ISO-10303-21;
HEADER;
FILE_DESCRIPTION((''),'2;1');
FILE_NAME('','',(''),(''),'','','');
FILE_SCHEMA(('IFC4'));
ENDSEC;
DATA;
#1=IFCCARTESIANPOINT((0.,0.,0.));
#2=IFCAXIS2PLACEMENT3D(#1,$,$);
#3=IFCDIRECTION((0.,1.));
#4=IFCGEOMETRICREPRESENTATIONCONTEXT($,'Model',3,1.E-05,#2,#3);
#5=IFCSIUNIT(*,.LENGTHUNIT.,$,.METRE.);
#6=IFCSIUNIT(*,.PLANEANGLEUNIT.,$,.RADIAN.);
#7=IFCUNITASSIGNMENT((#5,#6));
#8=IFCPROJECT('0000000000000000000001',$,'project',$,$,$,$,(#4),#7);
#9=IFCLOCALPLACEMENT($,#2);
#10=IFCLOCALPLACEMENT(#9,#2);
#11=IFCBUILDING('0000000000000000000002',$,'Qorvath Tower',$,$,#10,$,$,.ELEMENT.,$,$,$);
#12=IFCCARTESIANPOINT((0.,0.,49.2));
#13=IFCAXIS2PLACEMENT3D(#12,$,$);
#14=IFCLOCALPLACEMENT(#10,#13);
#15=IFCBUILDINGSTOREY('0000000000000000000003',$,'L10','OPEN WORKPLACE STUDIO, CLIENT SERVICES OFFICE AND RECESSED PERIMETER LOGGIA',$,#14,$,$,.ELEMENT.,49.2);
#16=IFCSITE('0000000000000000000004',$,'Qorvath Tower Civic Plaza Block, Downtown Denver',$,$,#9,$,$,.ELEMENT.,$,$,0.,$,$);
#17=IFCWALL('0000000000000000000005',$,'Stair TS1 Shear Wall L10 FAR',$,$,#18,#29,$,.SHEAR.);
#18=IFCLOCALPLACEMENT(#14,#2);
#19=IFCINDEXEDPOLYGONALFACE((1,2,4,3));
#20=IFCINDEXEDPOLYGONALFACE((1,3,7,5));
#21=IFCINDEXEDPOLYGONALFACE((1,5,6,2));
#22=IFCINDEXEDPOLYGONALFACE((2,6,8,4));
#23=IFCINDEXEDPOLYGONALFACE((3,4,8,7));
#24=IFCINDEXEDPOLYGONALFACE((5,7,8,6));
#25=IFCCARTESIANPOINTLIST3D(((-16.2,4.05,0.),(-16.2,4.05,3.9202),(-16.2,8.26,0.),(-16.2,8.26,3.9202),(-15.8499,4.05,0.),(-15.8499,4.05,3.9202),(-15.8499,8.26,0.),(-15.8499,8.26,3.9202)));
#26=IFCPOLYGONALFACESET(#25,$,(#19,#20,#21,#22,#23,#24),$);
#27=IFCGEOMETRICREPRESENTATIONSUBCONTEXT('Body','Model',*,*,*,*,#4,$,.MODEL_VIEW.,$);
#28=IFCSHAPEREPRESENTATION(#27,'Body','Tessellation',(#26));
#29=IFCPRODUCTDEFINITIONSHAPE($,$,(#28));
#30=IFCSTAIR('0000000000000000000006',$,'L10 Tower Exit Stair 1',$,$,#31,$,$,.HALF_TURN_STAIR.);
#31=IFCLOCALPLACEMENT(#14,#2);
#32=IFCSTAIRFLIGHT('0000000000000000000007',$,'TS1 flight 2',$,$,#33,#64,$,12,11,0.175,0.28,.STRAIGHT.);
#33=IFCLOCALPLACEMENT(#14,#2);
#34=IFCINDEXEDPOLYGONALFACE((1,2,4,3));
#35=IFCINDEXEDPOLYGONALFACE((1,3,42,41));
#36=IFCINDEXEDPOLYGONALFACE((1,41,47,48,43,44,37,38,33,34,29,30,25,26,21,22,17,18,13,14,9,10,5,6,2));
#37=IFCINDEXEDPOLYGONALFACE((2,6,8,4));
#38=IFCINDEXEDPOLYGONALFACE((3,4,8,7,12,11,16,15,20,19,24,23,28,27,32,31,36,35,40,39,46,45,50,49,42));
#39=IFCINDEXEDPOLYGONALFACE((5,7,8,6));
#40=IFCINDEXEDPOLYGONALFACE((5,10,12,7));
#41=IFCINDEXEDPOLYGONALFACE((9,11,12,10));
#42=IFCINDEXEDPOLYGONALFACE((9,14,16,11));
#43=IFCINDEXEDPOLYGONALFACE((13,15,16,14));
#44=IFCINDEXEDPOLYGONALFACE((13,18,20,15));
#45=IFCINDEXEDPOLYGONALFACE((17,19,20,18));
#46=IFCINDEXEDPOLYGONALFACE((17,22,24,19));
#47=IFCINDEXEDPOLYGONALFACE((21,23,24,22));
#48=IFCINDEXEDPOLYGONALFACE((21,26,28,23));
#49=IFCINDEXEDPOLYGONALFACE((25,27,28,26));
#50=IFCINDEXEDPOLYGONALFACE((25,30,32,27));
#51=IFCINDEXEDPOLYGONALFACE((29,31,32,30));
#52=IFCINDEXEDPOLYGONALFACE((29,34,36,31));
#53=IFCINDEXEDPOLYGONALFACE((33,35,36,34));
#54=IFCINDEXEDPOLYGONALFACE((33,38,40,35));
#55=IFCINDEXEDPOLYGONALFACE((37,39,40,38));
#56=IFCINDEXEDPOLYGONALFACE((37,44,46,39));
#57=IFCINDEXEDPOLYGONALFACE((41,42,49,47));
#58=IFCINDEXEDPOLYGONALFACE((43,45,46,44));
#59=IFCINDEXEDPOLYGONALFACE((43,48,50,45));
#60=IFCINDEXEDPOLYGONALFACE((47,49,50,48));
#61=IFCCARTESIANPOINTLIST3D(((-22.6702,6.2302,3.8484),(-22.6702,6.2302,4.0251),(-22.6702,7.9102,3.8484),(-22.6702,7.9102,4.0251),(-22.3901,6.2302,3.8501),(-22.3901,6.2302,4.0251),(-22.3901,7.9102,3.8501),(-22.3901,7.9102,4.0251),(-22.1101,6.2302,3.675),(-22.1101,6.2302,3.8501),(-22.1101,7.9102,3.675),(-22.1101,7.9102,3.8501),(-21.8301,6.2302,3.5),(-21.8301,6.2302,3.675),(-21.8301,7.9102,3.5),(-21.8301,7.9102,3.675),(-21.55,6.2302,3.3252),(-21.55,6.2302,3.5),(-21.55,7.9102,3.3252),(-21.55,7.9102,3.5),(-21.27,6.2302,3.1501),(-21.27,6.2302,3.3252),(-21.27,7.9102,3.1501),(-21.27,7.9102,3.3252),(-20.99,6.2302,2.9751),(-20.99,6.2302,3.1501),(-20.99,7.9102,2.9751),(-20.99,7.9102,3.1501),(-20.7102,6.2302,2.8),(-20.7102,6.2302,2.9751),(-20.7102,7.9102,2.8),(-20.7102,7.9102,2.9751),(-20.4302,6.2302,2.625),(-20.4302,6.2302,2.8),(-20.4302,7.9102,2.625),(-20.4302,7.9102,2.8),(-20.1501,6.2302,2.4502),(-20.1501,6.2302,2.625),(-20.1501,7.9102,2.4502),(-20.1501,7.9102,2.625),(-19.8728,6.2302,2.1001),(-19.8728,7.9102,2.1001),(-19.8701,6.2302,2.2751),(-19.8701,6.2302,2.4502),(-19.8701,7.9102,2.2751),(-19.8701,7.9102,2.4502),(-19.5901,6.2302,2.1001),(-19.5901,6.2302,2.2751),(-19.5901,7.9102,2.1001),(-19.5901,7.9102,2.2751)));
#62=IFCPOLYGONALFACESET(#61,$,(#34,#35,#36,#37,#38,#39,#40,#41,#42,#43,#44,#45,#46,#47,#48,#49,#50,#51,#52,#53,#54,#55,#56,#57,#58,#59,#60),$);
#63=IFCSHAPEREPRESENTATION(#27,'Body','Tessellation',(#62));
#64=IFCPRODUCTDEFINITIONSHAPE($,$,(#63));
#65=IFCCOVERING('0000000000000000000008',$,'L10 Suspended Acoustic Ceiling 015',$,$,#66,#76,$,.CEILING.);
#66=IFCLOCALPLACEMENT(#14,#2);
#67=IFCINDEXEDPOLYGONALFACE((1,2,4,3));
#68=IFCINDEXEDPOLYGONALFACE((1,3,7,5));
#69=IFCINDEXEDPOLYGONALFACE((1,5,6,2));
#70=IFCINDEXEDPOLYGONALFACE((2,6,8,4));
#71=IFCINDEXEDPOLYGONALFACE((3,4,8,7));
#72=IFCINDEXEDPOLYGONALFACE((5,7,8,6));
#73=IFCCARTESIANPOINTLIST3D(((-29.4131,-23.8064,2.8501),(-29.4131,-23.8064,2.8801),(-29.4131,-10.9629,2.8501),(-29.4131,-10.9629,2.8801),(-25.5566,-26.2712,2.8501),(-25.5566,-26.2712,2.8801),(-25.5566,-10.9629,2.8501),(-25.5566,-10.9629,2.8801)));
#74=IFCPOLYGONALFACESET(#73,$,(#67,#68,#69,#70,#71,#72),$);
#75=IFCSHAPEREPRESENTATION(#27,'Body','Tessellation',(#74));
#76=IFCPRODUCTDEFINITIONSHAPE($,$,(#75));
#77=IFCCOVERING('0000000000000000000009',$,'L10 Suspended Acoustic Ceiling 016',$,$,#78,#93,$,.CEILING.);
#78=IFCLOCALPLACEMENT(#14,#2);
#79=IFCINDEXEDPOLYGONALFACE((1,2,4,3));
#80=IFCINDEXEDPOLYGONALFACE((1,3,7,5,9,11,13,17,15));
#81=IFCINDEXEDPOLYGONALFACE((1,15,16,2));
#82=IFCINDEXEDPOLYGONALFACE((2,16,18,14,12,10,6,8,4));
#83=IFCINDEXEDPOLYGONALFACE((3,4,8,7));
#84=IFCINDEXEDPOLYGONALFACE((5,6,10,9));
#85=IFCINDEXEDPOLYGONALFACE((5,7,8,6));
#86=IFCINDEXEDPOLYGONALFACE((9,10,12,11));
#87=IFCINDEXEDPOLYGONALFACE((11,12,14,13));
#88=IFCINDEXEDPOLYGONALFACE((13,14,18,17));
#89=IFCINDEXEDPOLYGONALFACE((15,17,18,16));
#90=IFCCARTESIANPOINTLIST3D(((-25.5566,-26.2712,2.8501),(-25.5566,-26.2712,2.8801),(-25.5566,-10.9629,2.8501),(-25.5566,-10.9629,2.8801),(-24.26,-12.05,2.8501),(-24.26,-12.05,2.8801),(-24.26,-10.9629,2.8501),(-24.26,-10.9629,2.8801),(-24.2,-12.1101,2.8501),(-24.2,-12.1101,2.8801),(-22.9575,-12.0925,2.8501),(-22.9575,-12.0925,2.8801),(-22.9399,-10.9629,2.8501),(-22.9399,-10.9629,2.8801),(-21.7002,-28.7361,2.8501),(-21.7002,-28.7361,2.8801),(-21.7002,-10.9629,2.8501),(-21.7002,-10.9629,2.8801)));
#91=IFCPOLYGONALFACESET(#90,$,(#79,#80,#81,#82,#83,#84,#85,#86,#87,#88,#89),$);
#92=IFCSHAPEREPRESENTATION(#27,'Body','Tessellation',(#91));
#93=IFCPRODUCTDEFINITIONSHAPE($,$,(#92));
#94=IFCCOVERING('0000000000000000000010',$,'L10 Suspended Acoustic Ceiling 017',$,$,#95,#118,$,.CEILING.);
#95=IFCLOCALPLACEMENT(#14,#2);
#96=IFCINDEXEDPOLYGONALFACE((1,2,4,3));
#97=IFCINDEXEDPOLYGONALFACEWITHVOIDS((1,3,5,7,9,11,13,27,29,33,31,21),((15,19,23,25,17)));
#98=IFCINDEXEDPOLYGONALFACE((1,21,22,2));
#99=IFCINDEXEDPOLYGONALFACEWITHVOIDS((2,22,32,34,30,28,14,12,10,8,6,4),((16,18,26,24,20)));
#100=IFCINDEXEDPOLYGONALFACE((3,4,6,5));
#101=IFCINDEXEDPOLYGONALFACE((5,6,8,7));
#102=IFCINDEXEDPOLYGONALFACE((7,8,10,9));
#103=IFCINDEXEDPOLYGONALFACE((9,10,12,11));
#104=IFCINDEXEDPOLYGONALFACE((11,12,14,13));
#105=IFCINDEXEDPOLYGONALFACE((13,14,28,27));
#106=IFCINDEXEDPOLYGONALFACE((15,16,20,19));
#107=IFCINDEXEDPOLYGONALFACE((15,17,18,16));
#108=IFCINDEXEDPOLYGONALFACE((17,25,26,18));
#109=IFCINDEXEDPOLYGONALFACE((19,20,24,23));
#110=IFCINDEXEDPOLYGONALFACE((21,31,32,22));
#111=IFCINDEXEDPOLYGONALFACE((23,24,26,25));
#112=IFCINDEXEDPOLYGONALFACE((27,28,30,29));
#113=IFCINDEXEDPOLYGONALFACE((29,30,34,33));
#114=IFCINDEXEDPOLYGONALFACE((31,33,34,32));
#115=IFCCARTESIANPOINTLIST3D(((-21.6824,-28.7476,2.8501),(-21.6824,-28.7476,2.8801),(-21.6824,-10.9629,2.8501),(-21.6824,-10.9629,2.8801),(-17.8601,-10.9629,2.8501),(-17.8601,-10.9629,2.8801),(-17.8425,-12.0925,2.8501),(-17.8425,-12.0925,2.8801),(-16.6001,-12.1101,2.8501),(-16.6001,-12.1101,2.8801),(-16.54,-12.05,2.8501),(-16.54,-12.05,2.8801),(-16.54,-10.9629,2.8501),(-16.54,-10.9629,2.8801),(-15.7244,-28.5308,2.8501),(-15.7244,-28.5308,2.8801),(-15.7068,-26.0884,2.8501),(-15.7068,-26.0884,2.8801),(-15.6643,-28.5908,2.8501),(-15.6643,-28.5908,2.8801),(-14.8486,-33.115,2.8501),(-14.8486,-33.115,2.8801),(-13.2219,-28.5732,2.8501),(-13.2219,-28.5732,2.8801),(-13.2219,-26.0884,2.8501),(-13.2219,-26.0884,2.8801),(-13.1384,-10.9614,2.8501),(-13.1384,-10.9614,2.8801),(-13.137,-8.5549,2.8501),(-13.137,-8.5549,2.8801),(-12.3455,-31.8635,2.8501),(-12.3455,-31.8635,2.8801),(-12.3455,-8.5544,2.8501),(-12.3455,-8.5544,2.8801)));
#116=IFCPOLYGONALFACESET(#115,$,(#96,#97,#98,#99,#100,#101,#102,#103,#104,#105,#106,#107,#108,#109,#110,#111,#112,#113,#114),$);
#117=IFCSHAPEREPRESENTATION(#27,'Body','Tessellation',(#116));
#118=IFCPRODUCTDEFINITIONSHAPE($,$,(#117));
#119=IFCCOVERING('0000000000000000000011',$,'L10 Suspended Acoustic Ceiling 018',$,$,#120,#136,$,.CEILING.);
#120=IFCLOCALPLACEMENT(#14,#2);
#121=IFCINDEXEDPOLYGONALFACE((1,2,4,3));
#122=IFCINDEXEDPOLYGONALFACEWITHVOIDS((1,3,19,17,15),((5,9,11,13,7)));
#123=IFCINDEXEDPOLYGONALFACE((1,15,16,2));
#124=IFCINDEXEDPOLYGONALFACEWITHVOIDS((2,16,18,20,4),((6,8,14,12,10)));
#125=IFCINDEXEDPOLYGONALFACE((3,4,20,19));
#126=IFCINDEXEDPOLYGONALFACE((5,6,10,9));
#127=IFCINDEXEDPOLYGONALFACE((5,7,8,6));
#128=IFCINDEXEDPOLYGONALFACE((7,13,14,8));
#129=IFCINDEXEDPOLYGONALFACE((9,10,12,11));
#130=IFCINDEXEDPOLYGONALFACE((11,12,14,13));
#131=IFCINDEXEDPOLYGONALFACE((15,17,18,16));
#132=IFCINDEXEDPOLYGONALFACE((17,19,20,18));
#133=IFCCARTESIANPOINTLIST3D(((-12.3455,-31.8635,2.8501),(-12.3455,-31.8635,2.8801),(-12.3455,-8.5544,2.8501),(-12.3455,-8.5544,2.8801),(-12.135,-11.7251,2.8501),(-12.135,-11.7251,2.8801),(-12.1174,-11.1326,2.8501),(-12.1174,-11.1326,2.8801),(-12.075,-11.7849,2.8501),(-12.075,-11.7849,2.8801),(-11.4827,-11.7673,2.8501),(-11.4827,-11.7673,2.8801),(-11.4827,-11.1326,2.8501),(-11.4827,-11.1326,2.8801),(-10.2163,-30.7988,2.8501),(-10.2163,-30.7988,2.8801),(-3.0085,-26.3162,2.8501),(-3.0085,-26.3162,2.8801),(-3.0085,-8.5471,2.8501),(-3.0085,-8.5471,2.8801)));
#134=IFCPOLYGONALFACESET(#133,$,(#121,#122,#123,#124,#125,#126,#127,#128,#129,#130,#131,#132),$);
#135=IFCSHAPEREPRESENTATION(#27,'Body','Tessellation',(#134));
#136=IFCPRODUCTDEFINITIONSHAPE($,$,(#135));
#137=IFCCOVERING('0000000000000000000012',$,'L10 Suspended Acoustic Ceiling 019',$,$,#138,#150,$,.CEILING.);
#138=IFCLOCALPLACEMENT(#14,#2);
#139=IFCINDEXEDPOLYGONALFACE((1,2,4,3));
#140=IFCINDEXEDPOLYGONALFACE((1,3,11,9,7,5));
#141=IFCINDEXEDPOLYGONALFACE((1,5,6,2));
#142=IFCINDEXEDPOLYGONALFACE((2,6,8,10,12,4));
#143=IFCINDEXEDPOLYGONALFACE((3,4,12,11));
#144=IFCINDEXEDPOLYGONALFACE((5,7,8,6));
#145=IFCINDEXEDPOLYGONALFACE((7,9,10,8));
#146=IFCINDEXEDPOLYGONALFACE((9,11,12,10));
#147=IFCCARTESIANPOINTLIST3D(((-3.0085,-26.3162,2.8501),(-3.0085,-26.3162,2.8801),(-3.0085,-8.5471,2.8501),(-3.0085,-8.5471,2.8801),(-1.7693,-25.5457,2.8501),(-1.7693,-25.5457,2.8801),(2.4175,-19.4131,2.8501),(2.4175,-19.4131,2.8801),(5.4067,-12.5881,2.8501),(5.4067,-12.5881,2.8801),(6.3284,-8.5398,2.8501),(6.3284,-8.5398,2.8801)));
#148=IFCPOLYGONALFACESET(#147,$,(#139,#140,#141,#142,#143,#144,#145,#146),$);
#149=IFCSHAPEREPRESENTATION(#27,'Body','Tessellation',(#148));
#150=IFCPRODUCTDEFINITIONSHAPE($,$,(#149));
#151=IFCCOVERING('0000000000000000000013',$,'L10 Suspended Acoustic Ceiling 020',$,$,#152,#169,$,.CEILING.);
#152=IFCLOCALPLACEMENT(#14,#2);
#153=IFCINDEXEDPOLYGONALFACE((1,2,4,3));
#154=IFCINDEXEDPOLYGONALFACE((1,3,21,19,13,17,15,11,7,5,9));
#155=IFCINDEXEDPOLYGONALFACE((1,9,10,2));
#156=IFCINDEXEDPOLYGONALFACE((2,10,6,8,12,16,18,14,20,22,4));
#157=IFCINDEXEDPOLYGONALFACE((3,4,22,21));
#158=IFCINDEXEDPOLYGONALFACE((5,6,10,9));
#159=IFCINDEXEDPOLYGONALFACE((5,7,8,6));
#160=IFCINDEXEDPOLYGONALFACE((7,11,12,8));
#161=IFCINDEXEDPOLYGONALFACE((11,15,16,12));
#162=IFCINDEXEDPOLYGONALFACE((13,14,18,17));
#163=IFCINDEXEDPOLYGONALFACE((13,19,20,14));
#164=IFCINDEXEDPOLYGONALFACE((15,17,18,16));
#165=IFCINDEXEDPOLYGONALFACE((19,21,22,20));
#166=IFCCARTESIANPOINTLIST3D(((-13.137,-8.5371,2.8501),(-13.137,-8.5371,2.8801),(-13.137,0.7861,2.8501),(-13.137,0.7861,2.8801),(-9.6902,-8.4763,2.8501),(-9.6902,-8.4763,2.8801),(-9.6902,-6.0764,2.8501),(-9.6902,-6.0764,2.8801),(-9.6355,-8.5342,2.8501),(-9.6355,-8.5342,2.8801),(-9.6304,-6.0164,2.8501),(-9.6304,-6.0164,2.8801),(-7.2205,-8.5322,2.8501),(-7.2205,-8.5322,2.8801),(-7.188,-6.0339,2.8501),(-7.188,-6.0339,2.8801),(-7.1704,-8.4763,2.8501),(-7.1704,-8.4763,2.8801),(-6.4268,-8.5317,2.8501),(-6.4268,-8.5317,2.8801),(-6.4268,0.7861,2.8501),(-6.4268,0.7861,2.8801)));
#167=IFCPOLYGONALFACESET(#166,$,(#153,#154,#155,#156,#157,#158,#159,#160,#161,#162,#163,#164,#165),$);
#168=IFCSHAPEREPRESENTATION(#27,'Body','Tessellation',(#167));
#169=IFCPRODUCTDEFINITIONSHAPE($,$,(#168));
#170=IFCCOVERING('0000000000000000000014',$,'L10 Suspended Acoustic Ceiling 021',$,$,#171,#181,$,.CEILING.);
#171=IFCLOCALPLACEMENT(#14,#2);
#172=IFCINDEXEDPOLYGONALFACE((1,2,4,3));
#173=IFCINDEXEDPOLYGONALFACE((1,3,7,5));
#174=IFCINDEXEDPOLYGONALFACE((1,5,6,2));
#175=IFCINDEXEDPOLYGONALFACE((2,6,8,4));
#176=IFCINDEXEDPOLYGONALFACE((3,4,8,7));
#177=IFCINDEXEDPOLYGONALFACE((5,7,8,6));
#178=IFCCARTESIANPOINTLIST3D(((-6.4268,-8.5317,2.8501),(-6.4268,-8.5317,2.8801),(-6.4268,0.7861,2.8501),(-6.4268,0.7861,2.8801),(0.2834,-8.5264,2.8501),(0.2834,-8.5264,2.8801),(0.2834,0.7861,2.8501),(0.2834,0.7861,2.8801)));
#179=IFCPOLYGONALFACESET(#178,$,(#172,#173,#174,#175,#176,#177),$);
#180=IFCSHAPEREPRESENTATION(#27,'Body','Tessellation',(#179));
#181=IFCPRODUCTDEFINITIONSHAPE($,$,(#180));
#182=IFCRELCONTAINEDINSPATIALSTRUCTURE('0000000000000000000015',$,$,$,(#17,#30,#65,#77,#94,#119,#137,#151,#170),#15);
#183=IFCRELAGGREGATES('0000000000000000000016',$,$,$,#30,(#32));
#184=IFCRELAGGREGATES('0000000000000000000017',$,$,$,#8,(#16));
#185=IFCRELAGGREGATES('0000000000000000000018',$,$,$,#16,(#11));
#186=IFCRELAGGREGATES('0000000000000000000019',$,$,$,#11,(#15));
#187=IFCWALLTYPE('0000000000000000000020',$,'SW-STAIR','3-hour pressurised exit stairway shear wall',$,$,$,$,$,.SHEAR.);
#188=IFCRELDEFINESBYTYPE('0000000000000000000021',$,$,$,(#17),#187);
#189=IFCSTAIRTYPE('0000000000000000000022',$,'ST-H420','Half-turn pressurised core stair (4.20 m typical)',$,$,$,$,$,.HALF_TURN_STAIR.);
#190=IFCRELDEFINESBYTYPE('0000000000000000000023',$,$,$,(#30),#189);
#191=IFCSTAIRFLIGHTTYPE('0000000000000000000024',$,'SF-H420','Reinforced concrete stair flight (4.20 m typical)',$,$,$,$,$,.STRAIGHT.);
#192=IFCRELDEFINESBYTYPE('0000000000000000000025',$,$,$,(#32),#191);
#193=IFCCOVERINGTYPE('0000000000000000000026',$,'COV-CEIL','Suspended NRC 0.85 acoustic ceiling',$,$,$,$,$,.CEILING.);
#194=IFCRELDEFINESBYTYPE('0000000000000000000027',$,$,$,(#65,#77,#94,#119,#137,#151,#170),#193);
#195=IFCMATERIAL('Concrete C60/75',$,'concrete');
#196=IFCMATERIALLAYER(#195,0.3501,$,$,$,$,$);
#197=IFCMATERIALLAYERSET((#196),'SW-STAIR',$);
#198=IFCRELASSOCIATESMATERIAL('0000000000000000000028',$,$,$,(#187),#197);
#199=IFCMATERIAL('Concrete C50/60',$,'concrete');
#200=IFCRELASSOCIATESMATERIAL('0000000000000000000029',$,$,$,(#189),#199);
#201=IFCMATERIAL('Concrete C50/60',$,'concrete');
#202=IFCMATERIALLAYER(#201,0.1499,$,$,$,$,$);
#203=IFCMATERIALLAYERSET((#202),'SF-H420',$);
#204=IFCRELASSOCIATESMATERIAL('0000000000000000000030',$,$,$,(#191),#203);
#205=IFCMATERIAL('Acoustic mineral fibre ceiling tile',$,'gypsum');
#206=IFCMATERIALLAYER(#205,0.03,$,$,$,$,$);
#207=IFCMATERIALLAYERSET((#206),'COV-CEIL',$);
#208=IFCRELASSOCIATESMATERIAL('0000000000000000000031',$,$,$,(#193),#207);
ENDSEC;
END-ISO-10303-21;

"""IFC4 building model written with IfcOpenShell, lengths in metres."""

from ifc_helpers import new_model, si_unit, direction, frame, frame_2d, origin, place, context, subcontext, project, spatial, polyline, rectangle, outline, extrude, material, layer, layer_set, type_object, element, aggregate, save


model = new_model("IFC4")

# Units and contexts
model_context = context("Model", 3, precision=1e-05, world=origin(), true_north=direction((0.0, 1.0)))
body_context = subcontext(model_context, "Body", "Model", "MODEL_VIEW")
ifc_project = project(units=[si_unit("LENGTHUNIT", "METRE"), si_unit("PLANEANGLEUNIT", "RADIAN")], contexts=[model_context])

# Site, building, storey
site_placement = place(None, origin())
site = spatial("IfcSite", under=ifc_project, at=site_placement, Name="Qorvath Tower Civic Plaza Block, Downtown Denver", CompositionType="ELEMENT", RefElevation=0.0)
building_placement = place(site_placement, origin())
building = spatial("IfcBuilding", under=site, at=building_placement, Name="Qorvath Tower", CompositionType="ELEMENT")
storey_placement = place(building_placement, frame((0.0, 0.0, 49.2)))
storey = spatial("IfcBuildingStorey", under=building, at=storey_placement, Name="L10", Description="OPEN WORKPLACE STUDIO, CLIENT SERVICES OFFICE AND RECESSED PERIMETER LOGGIA", CompositionType="ELEMENT", Elevation=49.2)

# Wall
ifc_material_1 = material(Name="Concrete C60/75", Category="concrete")
ifc_layer_1 = layer(ifc_material_1, 0.3501)
ifc_layer_set_1 = layer_set([ifc_layer_1], Name="SW-STAIR")
wall_type_1 = type_object("IfcWallType", Name="SW-STAIR", Description="3-hour pressurised exit stairway shear wall", PredefinedType="SHEAR", material=ifc_layer_set_1)
wall_1_placement = place(storey_placement, frame((-16.0249, 4.05, 0.0), z_axis=(0.0, 0.0, 1.0), x_axis=(0.0, 1.0, 0.0)))
element("IfcWall", 1, at=wall_1_placement, inside=storey, type_object=wall_type_1, Name="Stair TS1 Shear Wall L10 FAR", PredefinedType="SHEAR", context=body_context, shape_type="SweptSolid", body=[
    extrude(rectangle(XDim=4.21, YDim=0.3501, at=frame_2d((2.105, 0.0))), origin(), (0.0, 0.0, 1.0), 3.9202),
])

# Stair, stair flight
ifc_material_2 = material(Name="Concrete C50/60", Category="concrete")
stair_type = type_object("IfcStairType", Name="ST-H420", Description="Half-turn pressurised core stair (4.20 m typical)", PredefinedType="HALF_TURN_STAIR", material=ifc_material_2)
stair_placement = place(storey_placement, origin())
stair = element("IfcStair", 2, at=stair_placement, inside=storey, type_object=stair_type, Name="L10 Tower Exit Stair 1", PredefinedType="HALF_TURN_STAIR")
ifc_material_3 = material(Name="Concrete C50/60", Category="concrete")
ifc_layer_2 = layer(ifc_material_3, 0.1499)
ifc_layer_set_2 = layer_set([ifc_layer_2], Name="SF-H420")
stair_flight_type = type_object("IfcStairFlightType", Name="SF-H420", Description="Reinforced concrete stair flight (4.20 m typical)", PredefinedType="STRAIGHT", material=ifc_layer_set_2)
stair_flight_placement = place(storey_placement, frame((-19.5901, 7.0701, 2.1001), z_axis=(0.0, 0.0, 1.0), x_axis=(-1.0, 0.0, 0.0)))
stair_flight = element("IfcStairFlight", 3, at=stair_flight_placement, type_object=stair_flight_type, Name="TS1 flight 2", NumberOfRisers=12, NumberOfTreads=11, PredefinedType="STRAIGHT", RiserHeight=0.175, TreadLength=0.28, context=body_context, shape_type="SweptSolid", body=[
    extrude(outline(polyline([(0.0, 0.0), (0.0, 0.175), (0.28, 0.175), (0.28, 0.3501), (0.5601, 0.3501), (0.5601, 0.5249), (0.8401, 0.5249), (0.8401, 0.7), (1.1201, 0.7), (1.1201, 0.875), (1.3999, 0.875), (1.3999, 1.05), (1.6799, 1.05), (1.6799, 1.2251), (1.96, 1.2251), (1.96, 1.3999), (2.24, 1.3999), (2.24, 1.575), (2.52, 1.575), (2.52, 1.75), (2.8, 1.75), (2.8, 1.925), (3.0801, 1.925), (3.0801, 2.1001), (3.0801, 1.7483), (0.2827, 0.0), (0.0, 0.0)])), frame((0.0, 0.8398, 0.0), z_axis=(0.0, -1.0, 0.0), x_axis=(1.0, 0.0, 0.0)), (0.0, 0.0, 1.0), 1.6799),
])
aggregate(stair, [stair_flight])

# Coverings
ifc_material_4 = material(Name="Acoustic mineral fibre ceiling tile", Category="gypsum")
ifc_layer_3 = layer(ifc_material_4, 0.03)
ifc_layer_set_3 = layer_set([ifc_layer_3], Name="COV-CEIL")
covering_type_1 = type_object("IfcCoveringType", Name="COV-CEIL", Description="Suspended NRC 0.85 acoustic ceiling", PredefinedType="CEILING", material=ifc_layer_set_3)
covering_1_placement = place(storey_placement, frame((0.0, 0.0, 2.8501)))
element("IfcCovering", 4, at=covering_1_placement, inside=storey, type_object=covering_type_1, Name="L10 Suspended Acoustic Ceiling 015", PredefinedType="CEILING", context=body_context, shape_type="SweptSolid", body=[
    extrude(outline(polyline([(-25.5566, -26.2712), (-25.5566, -10.9629), (-29.4131, -10.9629), (-29.4131, -23.8064), (-25.5566, -26.2712)])), origin(), (0.0, 0.0, 1.0), 0.03),
])
covering_2_placement = place(storey_placement, frame((0.0, 0.0, 2.8501)))
element("IfcCovering", 5, at=covering_2_placement, inside=storey, type_object=covering_type_1, Name="L10 Suspended Acoustic Ceiling 016", PredefinedType="CEILING", context=body_context, shape_type="SweptSolid", body=[
    extrude(outline(polyline([(-21.7002, -28.7361), (-21.7002, -10.9629), (-22.9399, -10.9629), (-22.9575, -12.0925), (-24.2, -12.1101), (-24.26, -12.05), (-24.26, -10.9629), (-25.5566, -10.9629), (-25.5566, -26.2712), (-21.7002, -28.7361)])), origin(), (0.0, 0.0, 1.0), 0.03),
])
covering_3_placement = place(storey_placement, frame((0.0, 0.0, 2.8501)))
element("IfcCovering", 6, at=covering_3_placement, inside=storey, type_object=covering_type_1, Name="L10 Suspended Acoustic Ceiling 017", PredefinedType="CEILING", context=body_context, shape_type="SweptSolid", body=[
    extrude(outline(polyline([(-17.8601, -10.9629), (-21.6824, -10.9629), (-21.6824, -28.7476), (-14.8486, -33.115), (-12.3455, -31.8635), (-12.3455, -8.5544), (-13.137, -8.5549), (-13.1384, -10.9614), (-16.54, -10.9629), (-16.54, -12.05), (-16.6001, -12.1101), (-17.8425, -12.0925), (-17.8601, -10.9629)]), holes=[polyline([(-15.7244, -28.5308), (-15.7068, -26.0884), (-13.2219, -26.0884), (-13.2219, -28.5732), (-15.6643, -28.5908), (-15.7244, -28.5308)])]), origin(), (0.0, 0.0, 1.0), 0.03),
])
covering_4_placement = place(storey_placement, frame((0.0, 0.0, 2.8501)))
element("IfcCovering", 7, at=covering_4_placement, inside=storey, type_object=covering_type_1, Name="L10 Suspended Acoustic Ceiling 018", PredefinedType="CEILING", context=body_context, shape_type="SweptSolid", body=[
    extrude(outline(polyline([(-12.3455, -8.5544), (-12.3455, -31.8635), (-10.2163, -30.7988), (-3.0085, -26.3162), (-3.0085, -8.5471), (-12.3455, -8.5544)]), holes=[polyline([(-12.135, -11.7251), (-12.1174, -11.1326), (-11.4827, -11.1326), (-11.4827, -11.7673), (-12.075, -11.7849), (-12.135, -11.7251)])]), origin(), (0.0, 0.0, 1.0), 0.03),
])
covering_5_placement = place(storey_placement, frame((0.0, 0.0, 2.8501)))
element("IfcCovering", 8, at=covering_5_placement, inside=storey, type_object=covering_type_1, Name="L10 Suspended Acoustic Ceiling 019", PredefinedType="CEILING", context=body_context, shape_type="SweptSolid", body=[
    extrude(outline(polyline([(-3.0085, -8.5471), (-3.0085, -26.3162), (-1.7693, -25.5457), (2.4175, -19.4131), (5.4067, -12.5881), (6.3284, -8.5398), (-3.0085, -8.5471)])), origin(), (0.0, 0.0, 1.0), 0.03),
])
covering_6_placement = place(storey_placement, frame((0.0, 0.0, 2.8501)))
element("IfcCovering", 9, at=covering_6_placement, inside=storey, type_object=covering_type_1, Name="L10 Suspended Acoustic Ceiling 020", PredefinedType="CEILING", context=body_context, shape_type="SweptSolid", body=[
    extrude(outline(polyline([(-6.4268, -8.5317), (-6.4268, 0.7861), (-13.137, 0.7861), (-13.137, -8.5371), (-9.6355, -8.5342), (-9.6902, -8.4763), (-9.6902, -6.0764), (-9.6304, -6.0164), (-7.188, -6.0339), (-7.1704, -8.4763), (-7.2205, -8.5322), (-6.4268, -8.5317)])), origin(), (0.0, 0.0, 1.0), 0.03),
])
covering_7_placement = place(storey_placement, frame((0.0, 0.0, 2.8501)))
element("IfcCovering", 10, at=covering_7_placement, inside=storey, type_object=covering_type_1, Name="L10 Suspended Acoustic Ceiling 021", PredefinedType="CEILING", context=body_context, shape_type="SweptSolid", body=[
    extrude(outline(polyline([(0.2834, -8.5264), (0.2834, 0.7861), (-6.4268, 0.7861), (-6.4268, -8.5317), (0.2834, -8.5264)])), origin(), (0.0, 0.0, 1.0), 0.03),
])

save(model, "model.ifc")
